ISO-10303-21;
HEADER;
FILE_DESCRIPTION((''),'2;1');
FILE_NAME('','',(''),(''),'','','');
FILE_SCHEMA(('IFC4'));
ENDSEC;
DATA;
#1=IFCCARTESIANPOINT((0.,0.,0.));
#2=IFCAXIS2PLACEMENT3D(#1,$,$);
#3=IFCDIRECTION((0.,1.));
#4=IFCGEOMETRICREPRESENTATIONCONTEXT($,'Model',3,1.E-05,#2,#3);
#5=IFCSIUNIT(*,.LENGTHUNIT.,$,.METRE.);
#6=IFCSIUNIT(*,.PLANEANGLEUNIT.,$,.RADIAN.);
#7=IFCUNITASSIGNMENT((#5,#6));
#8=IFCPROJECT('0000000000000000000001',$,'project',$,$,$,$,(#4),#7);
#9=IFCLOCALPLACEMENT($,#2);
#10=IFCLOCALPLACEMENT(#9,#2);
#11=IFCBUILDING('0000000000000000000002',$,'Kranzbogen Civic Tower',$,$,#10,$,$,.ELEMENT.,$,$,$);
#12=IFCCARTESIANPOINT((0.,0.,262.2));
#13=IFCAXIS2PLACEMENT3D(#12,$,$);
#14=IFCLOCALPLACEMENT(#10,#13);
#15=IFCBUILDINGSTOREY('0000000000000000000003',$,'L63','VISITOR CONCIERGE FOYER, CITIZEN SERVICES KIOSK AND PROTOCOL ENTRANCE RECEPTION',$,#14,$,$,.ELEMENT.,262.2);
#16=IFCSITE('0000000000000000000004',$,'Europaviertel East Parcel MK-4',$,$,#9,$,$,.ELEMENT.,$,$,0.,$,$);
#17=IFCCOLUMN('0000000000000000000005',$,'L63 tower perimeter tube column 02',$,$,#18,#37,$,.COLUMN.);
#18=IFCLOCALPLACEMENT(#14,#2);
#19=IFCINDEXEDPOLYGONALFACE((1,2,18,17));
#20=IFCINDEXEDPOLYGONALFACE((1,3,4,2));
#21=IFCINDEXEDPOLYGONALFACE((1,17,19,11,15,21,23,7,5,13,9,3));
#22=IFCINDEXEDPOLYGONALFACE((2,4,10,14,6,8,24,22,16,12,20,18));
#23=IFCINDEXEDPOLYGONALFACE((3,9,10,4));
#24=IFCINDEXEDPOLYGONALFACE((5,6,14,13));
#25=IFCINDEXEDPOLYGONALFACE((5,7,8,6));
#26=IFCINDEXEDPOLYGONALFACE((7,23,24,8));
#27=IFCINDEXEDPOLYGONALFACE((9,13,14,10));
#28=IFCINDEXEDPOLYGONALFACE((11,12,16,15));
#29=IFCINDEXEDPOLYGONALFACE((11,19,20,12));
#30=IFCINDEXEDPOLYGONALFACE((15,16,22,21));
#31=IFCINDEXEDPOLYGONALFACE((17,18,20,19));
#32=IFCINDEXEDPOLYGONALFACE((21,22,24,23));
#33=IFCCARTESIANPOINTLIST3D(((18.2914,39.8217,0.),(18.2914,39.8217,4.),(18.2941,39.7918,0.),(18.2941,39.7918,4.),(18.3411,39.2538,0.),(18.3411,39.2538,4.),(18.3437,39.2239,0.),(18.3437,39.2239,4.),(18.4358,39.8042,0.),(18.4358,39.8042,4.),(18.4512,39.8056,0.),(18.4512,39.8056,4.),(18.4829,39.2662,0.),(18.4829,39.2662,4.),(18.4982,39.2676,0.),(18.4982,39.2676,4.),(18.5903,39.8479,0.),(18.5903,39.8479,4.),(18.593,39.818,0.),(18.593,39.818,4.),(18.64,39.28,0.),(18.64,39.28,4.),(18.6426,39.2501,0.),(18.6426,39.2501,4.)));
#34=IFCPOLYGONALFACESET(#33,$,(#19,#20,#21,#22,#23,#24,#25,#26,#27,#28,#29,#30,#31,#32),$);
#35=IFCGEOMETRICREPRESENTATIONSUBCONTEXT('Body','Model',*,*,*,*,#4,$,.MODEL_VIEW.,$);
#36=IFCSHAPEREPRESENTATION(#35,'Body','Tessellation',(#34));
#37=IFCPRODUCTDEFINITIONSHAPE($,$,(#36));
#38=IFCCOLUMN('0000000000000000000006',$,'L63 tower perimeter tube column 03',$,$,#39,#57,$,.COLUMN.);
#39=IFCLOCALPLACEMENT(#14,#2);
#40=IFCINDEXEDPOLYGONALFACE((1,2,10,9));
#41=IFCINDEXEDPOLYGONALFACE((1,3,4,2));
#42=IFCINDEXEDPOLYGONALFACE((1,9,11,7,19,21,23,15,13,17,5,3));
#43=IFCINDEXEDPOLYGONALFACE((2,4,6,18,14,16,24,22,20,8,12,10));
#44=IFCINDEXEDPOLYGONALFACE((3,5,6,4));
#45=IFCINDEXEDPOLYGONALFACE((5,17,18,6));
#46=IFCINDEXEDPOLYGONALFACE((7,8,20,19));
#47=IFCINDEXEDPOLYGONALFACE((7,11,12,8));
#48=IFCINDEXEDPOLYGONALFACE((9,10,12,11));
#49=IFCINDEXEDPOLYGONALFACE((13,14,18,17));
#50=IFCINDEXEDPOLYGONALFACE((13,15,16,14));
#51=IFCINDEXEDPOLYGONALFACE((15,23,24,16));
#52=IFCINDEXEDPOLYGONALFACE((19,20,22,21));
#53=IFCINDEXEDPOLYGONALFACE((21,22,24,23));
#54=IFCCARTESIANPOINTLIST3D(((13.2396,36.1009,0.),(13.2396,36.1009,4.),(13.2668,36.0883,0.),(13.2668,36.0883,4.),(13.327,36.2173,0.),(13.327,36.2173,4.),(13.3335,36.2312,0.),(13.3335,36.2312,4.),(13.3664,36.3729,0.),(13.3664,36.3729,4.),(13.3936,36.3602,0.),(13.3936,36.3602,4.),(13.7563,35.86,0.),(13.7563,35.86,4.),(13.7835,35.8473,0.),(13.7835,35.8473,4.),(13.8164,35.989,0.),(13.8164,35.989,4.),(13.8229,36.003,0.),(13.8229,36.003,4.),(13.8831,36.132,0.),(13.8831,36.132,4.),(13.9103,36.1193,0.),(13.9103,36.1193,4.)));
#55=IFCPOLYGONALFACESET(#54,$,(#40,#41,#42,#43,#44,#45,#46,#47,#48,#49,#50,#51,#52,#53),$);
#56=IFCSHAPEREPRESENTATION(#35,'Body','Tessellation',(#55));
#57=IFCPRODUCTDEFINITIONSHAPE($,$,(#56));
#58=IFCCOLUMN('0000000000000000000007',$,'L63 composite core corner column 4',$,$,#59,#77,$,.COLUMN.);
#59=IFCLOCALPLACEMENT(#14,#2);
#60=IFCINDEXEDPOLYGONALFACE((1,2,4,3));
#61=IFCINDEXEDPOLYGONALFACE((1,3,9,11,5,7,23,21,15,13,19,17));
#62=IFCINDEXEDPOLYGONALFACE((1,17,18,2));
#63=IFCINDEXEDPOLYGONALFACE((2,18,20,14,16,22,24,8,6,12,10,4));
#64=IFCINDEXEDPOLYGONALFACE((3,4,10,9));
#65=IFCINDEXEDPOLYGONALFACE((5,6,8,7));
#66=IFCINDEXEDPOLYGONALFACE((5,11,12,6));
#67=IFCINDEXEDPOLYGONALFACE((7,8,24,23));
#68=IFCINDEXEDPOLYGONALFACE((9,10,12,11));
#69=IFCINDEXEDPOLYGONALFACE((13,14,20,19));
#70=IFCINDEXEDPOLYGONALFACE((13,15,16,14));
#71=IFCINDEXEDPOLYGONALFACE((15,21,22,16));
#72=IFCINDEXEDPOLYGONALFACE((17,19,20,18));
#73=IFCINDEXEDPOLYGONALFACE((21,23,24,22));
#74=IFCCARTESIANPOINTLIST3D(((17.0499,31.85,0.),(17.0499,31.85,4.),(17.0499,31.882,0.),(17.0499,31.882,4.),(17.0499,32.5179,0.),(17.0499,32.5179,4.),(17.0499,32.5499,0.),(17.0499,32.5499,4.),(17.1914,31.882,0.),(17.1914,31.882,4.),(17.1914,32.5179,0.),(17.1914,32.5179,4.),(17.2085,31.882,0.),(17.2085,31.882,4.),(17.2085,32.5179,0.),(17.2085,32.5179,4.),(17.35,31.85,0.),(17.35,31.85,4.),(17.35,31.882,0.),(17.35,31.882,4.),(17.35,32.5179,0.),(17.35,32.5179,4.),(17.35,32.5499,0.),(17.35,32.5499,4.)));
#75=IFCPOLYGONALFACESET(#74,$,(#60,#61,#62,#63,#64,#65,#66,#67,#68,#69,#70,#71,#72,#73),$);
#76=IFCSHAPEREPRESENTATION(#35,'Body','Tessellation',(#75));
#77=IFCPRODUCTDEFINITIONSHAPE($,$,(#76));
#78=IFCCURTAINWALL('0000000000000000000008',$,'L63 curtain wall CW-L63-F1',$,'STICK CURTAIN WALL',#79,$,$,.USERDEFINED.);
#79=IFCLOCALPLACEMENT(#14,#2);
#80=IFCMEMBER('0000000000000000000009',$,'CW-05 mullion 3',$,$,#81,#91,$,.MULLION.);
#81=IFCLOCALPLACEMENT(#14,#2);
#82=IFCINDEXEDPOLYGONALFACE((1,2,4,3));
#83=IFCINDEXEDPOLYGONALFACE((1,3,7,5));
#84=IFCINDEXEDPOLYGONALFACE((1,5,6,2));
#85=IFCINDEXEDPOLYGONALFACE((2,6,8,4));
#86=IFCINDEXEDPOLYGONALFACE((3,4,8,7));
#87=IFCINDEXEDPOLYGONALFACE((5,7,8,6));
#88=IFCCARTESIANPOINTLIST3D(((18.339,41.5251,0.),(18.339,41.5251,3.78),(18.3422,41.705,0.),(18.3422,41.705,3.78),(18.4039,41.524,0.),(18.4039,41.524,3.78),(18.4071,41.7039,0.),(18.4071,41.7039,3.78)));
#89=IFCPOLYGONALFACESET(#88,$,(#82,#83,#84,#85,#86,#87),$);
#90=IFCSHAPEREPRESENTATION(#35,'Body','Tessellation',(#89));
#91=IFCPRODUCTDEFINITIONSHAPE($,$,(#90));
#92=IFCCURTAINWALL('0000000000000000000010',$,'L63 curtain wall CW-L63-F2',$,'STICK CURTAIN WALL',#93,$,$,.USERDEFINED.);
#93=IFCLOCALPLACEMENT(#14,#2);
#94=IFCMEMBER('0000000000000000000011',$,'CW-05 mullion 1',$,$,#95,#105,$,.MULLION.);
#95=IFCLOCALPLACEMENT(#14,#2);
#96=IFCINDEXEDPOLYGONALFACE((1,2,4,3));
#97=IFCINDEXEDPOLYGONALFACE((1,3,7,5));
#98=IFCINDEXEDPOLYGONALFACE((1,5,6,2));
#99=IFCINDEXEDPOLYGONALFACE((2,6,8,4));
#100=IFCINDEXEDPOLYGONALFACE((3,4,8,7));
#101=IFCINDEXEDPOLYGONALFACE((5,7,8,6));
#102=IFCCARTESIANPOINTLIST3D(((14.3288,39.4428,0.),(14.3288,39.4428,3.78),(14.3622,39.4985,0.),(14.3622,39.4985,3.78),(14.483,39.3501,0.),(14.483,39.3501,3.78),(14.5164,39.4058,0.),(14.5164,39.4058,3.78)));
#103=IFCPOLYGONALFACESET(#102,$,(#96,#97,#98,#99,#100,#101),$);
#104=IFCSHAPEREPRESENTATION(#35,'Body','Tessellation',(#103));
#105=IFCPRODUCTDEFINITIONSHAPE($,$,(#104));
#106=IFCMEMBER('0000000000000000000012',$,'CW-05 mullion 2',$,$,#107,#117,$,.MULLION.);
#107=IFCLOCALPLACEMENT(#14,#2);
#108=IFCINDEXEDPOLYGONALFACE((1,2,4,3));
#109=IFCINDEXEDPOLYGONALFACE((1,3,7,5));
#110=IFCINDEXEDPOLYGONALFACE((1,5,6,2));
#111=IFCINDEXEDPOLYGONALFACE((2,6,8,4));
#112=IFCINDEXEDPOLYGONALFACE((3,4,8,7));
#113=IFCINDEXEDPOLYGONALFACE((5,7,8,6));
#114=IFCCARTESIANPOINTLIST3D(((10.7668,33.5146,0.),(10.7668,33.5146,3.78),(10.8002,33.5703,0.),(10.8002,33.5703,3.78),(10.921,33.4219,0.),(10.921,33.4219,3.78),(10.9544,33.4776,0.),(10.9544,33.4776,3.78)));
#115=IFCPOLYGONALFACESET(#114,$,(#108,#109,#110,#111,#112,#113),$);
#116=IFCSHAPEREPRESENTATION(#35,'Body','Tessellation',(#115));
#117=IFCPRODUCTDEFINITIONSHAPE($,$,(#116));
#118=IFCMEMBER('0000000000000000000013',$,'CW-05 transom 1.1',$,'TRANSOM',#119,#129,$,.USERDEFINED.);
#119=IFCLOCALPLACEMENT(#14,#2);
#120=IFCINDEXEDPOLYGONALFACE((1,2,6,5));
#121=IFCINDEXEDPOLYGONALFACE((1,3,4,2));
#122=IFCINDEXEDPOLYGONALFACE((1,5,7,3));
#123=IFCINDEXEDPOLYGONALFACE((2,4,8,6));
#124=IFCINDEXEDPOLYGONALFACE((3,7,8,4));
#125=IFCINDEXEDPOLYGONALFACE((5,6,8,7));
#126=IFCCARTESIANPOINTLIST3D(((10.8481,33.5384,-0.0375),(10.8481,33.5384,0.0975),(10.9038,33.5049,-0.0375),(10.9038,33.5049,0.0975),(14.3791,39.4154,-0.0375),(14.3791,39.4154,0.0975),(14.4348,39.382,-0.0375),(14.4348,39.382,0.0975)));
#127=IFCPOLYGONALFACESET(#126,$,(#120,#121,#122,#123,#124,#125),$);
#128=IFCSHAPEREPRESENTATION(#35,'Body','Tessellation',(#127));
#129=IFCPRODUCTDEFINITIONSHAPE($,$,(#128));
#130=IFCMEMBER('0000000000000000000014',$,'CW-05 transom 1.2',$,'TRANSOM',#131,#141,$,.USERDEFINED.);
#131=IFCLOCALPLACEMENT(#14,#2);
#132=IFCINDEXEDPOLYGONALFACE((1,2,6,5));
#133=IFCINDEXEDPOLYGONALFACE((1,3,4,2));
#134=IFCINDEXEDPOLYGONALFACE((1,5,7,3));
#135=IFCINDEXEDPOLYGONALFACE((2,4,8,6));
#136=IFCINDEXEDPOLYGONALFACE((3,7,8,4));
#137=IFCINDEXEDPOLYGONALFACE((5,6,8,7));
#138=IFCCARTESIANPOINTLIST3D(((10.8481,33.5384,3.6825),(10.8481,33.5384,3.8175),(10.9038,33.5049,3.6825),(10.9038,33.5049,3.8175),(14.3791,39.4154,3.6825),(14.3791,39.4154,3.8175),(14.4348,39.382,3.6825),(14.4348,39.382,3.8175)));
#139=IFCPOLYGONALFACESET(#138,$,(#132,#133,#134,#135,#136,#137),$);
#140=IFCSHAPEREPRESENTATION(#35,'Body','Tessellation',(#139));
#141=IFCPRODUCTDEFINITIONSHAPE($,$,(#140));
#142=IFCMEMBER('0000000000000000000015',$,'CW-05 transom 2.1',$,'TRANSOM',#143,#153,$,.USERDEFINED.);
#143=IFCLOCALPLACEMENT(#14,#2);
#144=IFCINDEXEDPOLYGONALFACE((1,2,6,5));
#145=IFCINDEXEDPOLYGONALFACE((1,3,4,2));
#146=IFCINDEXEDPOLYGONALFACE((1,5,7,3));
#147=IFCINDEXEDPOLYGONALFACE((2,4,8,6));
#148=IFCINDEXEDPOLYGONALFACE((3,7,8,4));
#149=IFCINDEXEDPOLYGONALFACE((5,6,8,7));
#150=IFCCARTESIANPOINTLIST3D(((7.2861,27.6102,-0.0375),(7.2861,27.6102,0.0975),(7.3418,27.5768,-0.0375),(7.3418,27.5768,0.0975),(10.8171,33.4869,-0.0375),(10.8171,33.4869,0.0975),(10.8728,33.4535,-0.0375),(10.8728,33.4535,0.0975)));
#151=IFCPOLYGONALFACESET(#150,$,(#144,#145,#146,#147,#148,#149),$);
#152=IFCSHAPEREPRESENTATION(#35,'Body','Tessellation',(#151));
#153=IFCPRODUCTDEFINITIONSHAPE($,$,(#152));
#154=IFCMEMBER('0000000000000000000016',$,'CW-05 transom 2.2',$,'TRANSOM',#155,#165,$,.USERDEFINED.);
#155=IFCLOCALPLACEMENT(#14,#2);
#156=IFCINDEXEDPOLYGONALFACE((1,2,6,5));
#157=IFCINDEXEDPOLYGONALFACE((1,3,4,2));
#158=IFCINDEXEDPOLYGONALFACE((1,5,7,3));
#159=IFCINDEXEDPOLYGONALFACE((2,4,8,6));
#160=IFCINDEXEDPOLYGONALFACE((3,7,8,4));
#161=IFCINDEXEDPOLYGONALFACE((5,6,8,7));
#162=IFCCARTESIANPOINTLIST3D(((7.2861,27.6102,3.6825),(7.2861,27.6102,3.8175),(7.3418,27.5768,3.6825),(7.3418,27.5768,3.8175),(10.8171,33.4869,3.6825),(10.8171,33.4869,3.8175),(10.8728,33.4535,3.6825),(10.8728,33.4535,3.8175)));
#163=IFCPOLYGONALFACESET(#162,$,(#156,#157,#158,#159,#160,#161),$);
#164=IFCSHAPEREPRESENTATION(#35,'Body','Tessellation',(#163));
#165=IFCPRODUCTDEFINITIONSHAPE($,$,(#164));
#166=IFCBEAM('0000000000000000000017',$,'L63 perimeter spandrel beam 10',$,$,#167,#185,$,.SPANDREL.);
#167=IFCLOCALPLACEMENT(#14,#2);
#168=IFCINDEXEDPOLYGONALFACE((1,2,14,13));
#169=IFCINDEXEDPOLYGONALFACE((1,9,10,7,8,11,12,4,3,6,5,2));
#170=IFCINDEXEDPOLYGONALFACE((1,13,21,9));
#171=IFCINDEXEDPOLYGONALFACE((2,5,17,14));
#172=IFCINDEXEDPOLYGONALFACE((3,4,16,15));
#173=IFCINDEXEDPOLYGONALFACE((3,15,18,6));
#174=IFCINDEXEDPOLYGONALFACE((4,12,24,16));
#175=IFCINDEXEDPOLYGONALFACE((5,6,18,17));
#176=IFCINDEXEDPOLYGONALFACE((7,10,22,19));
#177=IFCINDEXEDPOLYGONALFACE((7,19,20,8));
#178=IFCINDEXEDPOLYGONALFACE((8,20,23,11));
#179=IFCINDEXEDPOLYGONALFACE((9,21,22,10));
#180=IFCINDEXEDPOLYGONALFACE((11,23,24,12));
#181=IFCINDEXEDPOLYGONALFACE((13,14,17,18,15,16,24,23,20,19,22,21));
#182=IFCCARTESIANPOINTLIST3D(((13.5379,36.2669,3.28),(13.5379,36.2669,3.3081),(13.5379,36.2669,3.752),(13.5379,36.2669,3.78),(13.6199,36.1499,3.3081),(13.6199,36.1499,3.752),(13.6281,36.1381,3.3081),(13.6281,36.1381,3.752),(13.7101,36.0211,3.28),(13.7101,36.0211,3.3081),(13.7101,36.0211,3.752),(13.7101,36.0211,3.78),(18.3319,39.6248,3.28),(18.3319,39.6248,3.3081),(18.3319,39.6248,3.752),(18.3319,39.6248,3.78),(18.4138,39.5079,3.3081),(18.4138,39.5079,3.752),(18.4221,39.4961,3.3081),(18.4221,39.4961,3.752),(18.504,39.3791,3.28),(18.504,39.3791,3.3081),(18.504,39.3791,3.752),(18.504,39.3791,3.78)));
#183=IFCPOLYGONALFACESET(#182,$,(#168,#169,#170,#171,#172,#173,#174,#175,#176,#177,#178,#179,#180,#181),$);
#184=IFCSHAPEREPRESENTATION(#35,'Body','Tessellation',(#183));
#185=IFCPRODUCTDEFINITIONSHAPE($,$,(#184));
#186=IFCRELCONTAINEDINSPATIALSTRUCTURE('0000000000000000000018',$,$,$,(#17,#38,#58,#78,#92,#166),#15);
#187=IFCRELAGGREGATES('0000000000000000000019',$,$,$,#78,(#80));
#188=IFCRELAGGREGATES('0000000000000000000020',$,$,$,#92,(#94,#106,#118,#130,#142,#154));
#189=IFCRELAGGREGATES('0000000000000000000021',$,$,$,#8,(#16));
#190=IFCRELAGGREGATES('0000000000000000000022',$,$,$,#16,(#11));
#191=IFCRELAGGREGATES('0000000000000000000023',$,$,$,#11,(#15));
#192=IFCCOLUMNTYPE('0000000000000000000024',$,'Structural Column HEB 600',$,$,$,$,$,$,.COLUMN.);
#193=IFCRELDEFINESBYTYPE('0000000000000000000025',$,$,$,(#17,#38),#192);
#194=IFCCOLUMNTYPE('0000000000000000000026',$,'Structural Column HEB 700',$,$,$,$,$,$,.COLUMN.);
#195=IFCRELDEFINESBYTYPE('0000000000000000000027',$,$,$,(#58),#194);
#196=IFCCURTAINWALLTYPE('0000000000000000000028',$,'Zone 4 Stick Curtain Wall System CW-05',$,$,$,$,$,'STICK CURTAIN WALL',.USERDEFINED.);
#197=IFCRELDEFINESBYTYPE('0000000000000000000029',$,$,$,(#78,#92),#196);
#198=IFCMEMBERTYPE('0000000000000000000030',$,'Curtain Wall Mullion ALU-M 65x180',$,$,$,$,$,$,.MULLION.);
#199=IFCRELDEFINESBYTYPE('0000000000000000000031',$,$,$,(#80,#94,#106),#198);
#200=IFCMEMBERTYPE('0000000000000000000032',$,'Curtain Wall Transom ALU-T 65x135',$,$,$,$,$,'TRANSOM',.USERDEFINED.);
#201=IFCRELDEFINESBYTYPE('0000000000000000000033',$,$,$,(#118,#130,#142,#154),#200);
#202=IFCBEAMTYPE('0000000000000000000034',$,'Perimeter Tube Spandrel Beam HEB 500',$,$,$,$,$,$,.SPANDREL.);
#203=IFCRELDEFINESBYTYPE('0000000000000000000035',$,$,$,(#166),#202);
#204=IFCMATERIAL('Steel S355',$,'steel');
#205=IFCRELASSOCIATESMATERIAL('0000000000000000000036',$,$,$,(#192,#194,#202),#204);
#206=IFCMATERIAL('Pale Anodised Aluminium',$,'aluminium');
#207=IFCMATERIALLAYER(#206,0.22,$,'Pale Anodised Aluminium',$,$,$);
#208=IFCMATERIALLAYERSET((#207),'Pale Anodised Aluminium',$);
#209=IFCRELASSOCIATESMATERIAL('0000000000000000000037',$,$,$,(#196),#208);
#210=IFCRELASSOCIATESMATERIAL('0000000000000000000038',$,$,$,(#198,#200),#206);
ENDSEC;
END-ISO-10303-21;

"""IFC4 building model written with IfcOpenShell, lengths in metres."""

from ifc_helpers import new_model, si_unit, direction, frame, origin, origin_2d, place, context, subcontext, project, spatial, rectangle, i_section, extrude, material, layer, layer_set, material_profile, profile_set, type_object, element, aggregate, save


model = new_model("IFC4")

# Units and contexts
model_context = context("Model", 3, precision=1e-05, world=origin(), true_north=direction((0.0, 1.0)))
body_context = subcontext(model_context, "Body", "Model", "MODEL_VIEW")
ifc_project = project(units=[si_unit("LENGTHUNIT", "METRE"), si_unit("PLANEANGLEUNIT", "RADIAN")], contexts=[model_context])

# Site, building, storey
site_placement = place(None, origin())
site = spatial("IfcSite", under=ifc_project, at=site_placement, Name="Europaviertel East Parcel MK-4", CompositionType="ELEMENT", RefElevation=0.0)
building_placement = place(site_placement, origin())
building = spatial("IfcBuilding", under=site, at=building_placement, Name="Kranzbogen Civic Tower", CompositionType="ELEMENT")
storey_placement = place(building_placement, frame((0.0, 0.0, 262.2)))
storey = spatial("IfcBuildingStorey", under=building, at=storey_placement, Name="L63", Description="VISITOR CONCIERGE FOYER, CITIZEN SERVICES KIOSK AND PROTOCOL ENTRANCE RECEPTION", CompositionType="ELEMENT", Elevation=262.2)

# Columns
ifc_material_1 = material(Name="Steel S355", Category="steel")
ifc_material_profile_1 = material_profile(ifc_material_1, i_section(OverallWidth=0.3, OverallDepth=0.6001, WebThickness=0.0154, FlangeThickness=0.03, at=origin_2d()), Name="HEB 600")
ifc_profile_set_1 = profile_set([ifc_material_profile_1], Name="Steel S355")
column_type_1 = type_object("IfcColumnType", Name="Structural Column HEB 600", PredefinedType="COLUMN", material=ifc_profile_set_1)
for number, where, z_axis, x_axis, name in (
    (1, (18.467, 39.5359, 0.0), (0.0, 0.0, 1.0), (0.996195, 0.087156, 0.0), "L63 tower perimeter tube column 02"),
    (2, (13.575, 36.1101, 0.0), (0.0, 0.0, 1.0), (0.422618, 0.906308, 0.0), "L63 tower perimeter tube column 03"),
):
    element("IfcColumn", number, at=place(storey_placement, frame(where, z_axis=z_axis, x_axis=x_axis)), inside=storey, type_object=column_type_1, Name=name, PredefinedType="COLUMN", context=body_context, shape_type="SweptSolid", body=[
        extrude(i_section(OverallWidth=0.3, OverallDepth=0.6001, WebThickness=0.0154, FlangeThickness=0.03, at=origin_2d()), origin(), (0.0, 0.0, 1.0), 4.0),
    ])
ifc_material_profile_2 = material_profile(ifc_material_1, i_section(OverallWidth=0.3, OverallDepth=0.7, WebThickness=0.0171, FlangeThickness=0.032, at=origin_2d()), Name="HEB 700")
ifc_profile_set_2 = profile_set([ifc_material_profile_2], Name="Steel S355")
column_type_2 = type_object("IfcColumnType", Name="Structural Column HEB 700", PredefinedType="COLUMN", material=ifc_profile_set_2)
column_placement = place(storey_placement, frame((17.2, 32.2, 0.0), z_axis=(0.0, 0.0, 1.0), x_axis=(1.0, 0.0, 0.0)))
element("IfcColumn", 3, at=column_placement, inside=storey, type_object=column_type_2, Name="L63 composite core corner column 4", PredefinedType="COLUMN", context=body_context, shape_type="SweptSolid", body=[
    extrude(i_section(OverallWidth=0.3, OverallDepth=0.7, WebThickness=0.0171, FlangeThickness=0.032, at=origin_2d()), origin(), (0.0, 0.0, 1.0), 4.0),
])

# Curtain wall, member
ifc_material_2 = material(Name="Pale Anodised Aluminium", Category="aluminium")
ifc_layer_1 = layer(ifc_material_2, 0.22, Name="Pale Anodised Aluminium")
ifc_layer_set_1 = layer_set([ifc_layer_1], Name="Pale Anodised Aluminium")
curtain_wall_type = type_object("IfcCurtainWallType", Name="Zone 4 Stick Curtain Wall System CW-05", ElementType="STICK CURTAIN WALL", PredefinedType="USERDEFINED", material=ifc_layer_set_1)
curtain_wall_1_placement = place(storey_placement, origin())
curtain_wall_1 = element("IfcCurtainWall", 4, at=curtain_wall_1_placement, inside=storey, type_object=curtain_wall_type, Name="L63 curtain wall CW-L63-F1", ObjectType="STICK CURTAIN WALL", PredefinedType="USERDEFINED")
ifc_material_profile_3 = material_profile(ifc_material_2, rectangle(XDim=0.0649, YDim=0.1799, at=origin_2d()), Name="ALU-M 65x180")
ifc_profile_set_3 = profile_set([ifc_material_profile_3], Name="Pale Anodised Aluminium")
member_type_1 = type_object("IfcMemberType", Name="Curtain Wall Mullion ALU-M 65x180", PredefinedType="MULLION", material=ifc_profile_set_3)
member_1_placement = place(storey_placement, frame((18.373, 41.6145, 0.0), z_axis=(0.0, 0.0, 1.0), x_axis=(-0.999847, 0.017493, 0.0)))
member_1 = element("IfcMember", 5, at=member_1_placement, type_object=member_type_1, Name="CW-05 mullion 3", PredefinedType="MULLION", context=body_context, shape_type="SweptSolid", body=[
    extrude(rectangle(XDim=0.0649, YDim=0.1799, at=origin_2d()), origin(), (0.0, 0.0, 1.0), 3.78),
])

# Curtain wall, members
curtain_wall_2_placement = place(storey_placement, origin())
curtain_wall_2 = element("IfcCurtainWall", 6, at=curtain_wall_2_placement, inside=storey, type_object=curtain_wall_type, Name="L63 curtain wall CW-L63-F2", ObjectType="STICK CURTAIN WALL", PredefinedType="USERDEFINED")
member_2_placement = place(storey_placement, frame((14.4226, 39.4243, 0.0), z_axis=(0.0, 0.0, 1.0), x_axis=(-0.515036, -0.857169, 0.0)))
member_2 = element("IfcMember", 7, at=member_2_placement, type_object=member_type_1, Name="CW-05 mullion 1", PredefinedType="MULLION", context=body_context, shape_type="SweptSolid", body=[
    extrude(rectangle(XDim=0.0649, YDim=0.1799, at=origin_2d()), origin(), (0.0, 0.0, 1.0), 3.78),
])
member_3_placement = place(storey_placement, frame((10.8606, 33.4961, 0.0), z_axis=(0.0, 0.0, 1.0), x_axis=(-0.515036, -0.857169, 0.0)))
member_3 = element("IfcMember", 8, at=member_3_placement, type_object=member_type_1, Name="CW-05 mullion 2", PredefinedType="MULLION", context=body_context, shape_type="SweptSolid", body=[
    extrude(rectangle(XDim=0.0649, YDim=0.1799, at=origin_2d()), origin(), (0.0, 0.0, 1.0), 3.78),
])
ifc_material_profile_4 = material_profile(ifc_material_2, rectangle(XDim=0.0649, YDim=0.135, at=origin_2d()), Name="ALU-T 65x135")
ifc_profile_set_4 = profile_set([ifc_material_profile_4], Name="Pale Anodised Aluminium")
member_type_2 = type_object("IfcMemberType", Name="Curtain Wall Transom ALU-T 65x135", ElementType="TRANSOM", PredefinedType="USERDEFINED", material=ifc_profile_set_4)
member_4_placement = place(storey_placement, frame((14.407, 39.3987, 0.03), z_axis=(-0.515014, -0.857182, 0.0), x_axis=(0.857182, -0.515014, 0.0)))
member_4 = element("IfcMember", 9, at=member_4_placement, type_object=member_type_2, Name="CW-05 transom 1.1", ObjectType="TRANSOM", PredefinedType="USERDEFINED", context=body_context, shape_type="SweptSolid", body=[
    extrude(rectangle(XDim=0.0649, YDim=0.135, at=origin_2d()), origin(), (0.0, 0.0, 1.0), 6.8562),
])
member_5_placement = place(storey_placement, frame((14.407, 39.3987, 3.75), z_axis=(-0.515014, -0.857182, 0.0), x_axis=(0.857182, -0.515014, 0.0)))
member_5 = element("IfcMember", 10, at=member_5_placement, type_object=member_type_2, Name="CW-05 transom 1.2", ObjectType="TRANSOM", PredefinedType="USERDEFINED", context=body_context, shape_type="SweptSolid", body=[
    extrude(rectangle(XDim=0.0649, YDim=0.135, at=origin_2d()), origin(), (0.0, 0.0, 1.0), 6.8562),
])
member_6_placement = place(storey_placement, frame((10.845, 33.4702, 0.03), z_axis=(-0.51503, -0.857172, 0.0), x_axis=(0.857172, -0.51503, 0.0)))
member_6 = element("IfcMember", 11, at=member_6_placement, type_object=member_type_2, Name="CW-05 transom 2.1", ObjectType="TRANSOM", PredefinedType="USERDEFINED", context=body_context, shape_type="SweptSolid", body=[
    extrude(rectangle(XDim=0.0649, YDim=0.135, at=origin_2d()), origin(), (0.0, 0.0, 1.0), 6.856),
])
member_7_placement = place(storey_placement, frame((10.845, 33.4702, 3.75), z_axis=(-0.51503, -0.857172, 0.0), x_axis=(0.857172, -0.51503, 0.0)))
member_7 = element("IfcMember", 12, at=member_7_placement, type_object=member_type_2, Name="CW-05 transom 2.2", ObjectType="TRANSOM", PredefinedType="USERDEFINED", context=body_context, shape_type="SweptSolid", body=[
    extrude(rectangle(XDim=0.0649, YDim=0.135, at=origin_2d()), origin(), (0.0, 0.0, 1.0), 6.856),
])

# Beam
ifc_material_profile_5 = material_profile(ifc_material_1, i_section(OverallWidth=0.3, OverallDepth=0.5, WebThickness=0.0144, FlangeThickness=0.0281, at=origin_2d()), Name="HEB 500")
ifc_profile_set_5 = profile_set([ifc_material_profile_5], Name="Steel S355")
beam_type_1 = type_object("IfcBeamType", Name="Perimeter Tube Spandrel Beam HEB 500", PredefinedType="SPANDREL", material=ifc_profile_set_5)
beam_1_placement = place(storey_placement, frame((18.418, 39.502, 3.53), z_axis=(-0.819059, -0.573709, 0.0), x_axis=(0.573709, -0.819059, 0.0)))
element("IfcBeam", 13, at=beam_1_placement, inside=storey, type_object=beam_type_1, Name="L63 perimeter spandrel beam 10", PredefinedType="SPANDREL", context=body_context, shape_type="SweptSolid", body=[
    extrude(i_section(OverallWidth=0.3, OverallDepth=0.5, WebThickness=0.0144, FlangeThickness=0.0281, at=origin_2d()), origin(), (0.0, 0.0, 1.0), 5.853),
])

aggregate(curtain_wall_1, [member_1])
aggregate(curtain_wall_2, [member_2, member_3, member_4, member_5, member_6, member_7])

save(model, "model.ifc")
